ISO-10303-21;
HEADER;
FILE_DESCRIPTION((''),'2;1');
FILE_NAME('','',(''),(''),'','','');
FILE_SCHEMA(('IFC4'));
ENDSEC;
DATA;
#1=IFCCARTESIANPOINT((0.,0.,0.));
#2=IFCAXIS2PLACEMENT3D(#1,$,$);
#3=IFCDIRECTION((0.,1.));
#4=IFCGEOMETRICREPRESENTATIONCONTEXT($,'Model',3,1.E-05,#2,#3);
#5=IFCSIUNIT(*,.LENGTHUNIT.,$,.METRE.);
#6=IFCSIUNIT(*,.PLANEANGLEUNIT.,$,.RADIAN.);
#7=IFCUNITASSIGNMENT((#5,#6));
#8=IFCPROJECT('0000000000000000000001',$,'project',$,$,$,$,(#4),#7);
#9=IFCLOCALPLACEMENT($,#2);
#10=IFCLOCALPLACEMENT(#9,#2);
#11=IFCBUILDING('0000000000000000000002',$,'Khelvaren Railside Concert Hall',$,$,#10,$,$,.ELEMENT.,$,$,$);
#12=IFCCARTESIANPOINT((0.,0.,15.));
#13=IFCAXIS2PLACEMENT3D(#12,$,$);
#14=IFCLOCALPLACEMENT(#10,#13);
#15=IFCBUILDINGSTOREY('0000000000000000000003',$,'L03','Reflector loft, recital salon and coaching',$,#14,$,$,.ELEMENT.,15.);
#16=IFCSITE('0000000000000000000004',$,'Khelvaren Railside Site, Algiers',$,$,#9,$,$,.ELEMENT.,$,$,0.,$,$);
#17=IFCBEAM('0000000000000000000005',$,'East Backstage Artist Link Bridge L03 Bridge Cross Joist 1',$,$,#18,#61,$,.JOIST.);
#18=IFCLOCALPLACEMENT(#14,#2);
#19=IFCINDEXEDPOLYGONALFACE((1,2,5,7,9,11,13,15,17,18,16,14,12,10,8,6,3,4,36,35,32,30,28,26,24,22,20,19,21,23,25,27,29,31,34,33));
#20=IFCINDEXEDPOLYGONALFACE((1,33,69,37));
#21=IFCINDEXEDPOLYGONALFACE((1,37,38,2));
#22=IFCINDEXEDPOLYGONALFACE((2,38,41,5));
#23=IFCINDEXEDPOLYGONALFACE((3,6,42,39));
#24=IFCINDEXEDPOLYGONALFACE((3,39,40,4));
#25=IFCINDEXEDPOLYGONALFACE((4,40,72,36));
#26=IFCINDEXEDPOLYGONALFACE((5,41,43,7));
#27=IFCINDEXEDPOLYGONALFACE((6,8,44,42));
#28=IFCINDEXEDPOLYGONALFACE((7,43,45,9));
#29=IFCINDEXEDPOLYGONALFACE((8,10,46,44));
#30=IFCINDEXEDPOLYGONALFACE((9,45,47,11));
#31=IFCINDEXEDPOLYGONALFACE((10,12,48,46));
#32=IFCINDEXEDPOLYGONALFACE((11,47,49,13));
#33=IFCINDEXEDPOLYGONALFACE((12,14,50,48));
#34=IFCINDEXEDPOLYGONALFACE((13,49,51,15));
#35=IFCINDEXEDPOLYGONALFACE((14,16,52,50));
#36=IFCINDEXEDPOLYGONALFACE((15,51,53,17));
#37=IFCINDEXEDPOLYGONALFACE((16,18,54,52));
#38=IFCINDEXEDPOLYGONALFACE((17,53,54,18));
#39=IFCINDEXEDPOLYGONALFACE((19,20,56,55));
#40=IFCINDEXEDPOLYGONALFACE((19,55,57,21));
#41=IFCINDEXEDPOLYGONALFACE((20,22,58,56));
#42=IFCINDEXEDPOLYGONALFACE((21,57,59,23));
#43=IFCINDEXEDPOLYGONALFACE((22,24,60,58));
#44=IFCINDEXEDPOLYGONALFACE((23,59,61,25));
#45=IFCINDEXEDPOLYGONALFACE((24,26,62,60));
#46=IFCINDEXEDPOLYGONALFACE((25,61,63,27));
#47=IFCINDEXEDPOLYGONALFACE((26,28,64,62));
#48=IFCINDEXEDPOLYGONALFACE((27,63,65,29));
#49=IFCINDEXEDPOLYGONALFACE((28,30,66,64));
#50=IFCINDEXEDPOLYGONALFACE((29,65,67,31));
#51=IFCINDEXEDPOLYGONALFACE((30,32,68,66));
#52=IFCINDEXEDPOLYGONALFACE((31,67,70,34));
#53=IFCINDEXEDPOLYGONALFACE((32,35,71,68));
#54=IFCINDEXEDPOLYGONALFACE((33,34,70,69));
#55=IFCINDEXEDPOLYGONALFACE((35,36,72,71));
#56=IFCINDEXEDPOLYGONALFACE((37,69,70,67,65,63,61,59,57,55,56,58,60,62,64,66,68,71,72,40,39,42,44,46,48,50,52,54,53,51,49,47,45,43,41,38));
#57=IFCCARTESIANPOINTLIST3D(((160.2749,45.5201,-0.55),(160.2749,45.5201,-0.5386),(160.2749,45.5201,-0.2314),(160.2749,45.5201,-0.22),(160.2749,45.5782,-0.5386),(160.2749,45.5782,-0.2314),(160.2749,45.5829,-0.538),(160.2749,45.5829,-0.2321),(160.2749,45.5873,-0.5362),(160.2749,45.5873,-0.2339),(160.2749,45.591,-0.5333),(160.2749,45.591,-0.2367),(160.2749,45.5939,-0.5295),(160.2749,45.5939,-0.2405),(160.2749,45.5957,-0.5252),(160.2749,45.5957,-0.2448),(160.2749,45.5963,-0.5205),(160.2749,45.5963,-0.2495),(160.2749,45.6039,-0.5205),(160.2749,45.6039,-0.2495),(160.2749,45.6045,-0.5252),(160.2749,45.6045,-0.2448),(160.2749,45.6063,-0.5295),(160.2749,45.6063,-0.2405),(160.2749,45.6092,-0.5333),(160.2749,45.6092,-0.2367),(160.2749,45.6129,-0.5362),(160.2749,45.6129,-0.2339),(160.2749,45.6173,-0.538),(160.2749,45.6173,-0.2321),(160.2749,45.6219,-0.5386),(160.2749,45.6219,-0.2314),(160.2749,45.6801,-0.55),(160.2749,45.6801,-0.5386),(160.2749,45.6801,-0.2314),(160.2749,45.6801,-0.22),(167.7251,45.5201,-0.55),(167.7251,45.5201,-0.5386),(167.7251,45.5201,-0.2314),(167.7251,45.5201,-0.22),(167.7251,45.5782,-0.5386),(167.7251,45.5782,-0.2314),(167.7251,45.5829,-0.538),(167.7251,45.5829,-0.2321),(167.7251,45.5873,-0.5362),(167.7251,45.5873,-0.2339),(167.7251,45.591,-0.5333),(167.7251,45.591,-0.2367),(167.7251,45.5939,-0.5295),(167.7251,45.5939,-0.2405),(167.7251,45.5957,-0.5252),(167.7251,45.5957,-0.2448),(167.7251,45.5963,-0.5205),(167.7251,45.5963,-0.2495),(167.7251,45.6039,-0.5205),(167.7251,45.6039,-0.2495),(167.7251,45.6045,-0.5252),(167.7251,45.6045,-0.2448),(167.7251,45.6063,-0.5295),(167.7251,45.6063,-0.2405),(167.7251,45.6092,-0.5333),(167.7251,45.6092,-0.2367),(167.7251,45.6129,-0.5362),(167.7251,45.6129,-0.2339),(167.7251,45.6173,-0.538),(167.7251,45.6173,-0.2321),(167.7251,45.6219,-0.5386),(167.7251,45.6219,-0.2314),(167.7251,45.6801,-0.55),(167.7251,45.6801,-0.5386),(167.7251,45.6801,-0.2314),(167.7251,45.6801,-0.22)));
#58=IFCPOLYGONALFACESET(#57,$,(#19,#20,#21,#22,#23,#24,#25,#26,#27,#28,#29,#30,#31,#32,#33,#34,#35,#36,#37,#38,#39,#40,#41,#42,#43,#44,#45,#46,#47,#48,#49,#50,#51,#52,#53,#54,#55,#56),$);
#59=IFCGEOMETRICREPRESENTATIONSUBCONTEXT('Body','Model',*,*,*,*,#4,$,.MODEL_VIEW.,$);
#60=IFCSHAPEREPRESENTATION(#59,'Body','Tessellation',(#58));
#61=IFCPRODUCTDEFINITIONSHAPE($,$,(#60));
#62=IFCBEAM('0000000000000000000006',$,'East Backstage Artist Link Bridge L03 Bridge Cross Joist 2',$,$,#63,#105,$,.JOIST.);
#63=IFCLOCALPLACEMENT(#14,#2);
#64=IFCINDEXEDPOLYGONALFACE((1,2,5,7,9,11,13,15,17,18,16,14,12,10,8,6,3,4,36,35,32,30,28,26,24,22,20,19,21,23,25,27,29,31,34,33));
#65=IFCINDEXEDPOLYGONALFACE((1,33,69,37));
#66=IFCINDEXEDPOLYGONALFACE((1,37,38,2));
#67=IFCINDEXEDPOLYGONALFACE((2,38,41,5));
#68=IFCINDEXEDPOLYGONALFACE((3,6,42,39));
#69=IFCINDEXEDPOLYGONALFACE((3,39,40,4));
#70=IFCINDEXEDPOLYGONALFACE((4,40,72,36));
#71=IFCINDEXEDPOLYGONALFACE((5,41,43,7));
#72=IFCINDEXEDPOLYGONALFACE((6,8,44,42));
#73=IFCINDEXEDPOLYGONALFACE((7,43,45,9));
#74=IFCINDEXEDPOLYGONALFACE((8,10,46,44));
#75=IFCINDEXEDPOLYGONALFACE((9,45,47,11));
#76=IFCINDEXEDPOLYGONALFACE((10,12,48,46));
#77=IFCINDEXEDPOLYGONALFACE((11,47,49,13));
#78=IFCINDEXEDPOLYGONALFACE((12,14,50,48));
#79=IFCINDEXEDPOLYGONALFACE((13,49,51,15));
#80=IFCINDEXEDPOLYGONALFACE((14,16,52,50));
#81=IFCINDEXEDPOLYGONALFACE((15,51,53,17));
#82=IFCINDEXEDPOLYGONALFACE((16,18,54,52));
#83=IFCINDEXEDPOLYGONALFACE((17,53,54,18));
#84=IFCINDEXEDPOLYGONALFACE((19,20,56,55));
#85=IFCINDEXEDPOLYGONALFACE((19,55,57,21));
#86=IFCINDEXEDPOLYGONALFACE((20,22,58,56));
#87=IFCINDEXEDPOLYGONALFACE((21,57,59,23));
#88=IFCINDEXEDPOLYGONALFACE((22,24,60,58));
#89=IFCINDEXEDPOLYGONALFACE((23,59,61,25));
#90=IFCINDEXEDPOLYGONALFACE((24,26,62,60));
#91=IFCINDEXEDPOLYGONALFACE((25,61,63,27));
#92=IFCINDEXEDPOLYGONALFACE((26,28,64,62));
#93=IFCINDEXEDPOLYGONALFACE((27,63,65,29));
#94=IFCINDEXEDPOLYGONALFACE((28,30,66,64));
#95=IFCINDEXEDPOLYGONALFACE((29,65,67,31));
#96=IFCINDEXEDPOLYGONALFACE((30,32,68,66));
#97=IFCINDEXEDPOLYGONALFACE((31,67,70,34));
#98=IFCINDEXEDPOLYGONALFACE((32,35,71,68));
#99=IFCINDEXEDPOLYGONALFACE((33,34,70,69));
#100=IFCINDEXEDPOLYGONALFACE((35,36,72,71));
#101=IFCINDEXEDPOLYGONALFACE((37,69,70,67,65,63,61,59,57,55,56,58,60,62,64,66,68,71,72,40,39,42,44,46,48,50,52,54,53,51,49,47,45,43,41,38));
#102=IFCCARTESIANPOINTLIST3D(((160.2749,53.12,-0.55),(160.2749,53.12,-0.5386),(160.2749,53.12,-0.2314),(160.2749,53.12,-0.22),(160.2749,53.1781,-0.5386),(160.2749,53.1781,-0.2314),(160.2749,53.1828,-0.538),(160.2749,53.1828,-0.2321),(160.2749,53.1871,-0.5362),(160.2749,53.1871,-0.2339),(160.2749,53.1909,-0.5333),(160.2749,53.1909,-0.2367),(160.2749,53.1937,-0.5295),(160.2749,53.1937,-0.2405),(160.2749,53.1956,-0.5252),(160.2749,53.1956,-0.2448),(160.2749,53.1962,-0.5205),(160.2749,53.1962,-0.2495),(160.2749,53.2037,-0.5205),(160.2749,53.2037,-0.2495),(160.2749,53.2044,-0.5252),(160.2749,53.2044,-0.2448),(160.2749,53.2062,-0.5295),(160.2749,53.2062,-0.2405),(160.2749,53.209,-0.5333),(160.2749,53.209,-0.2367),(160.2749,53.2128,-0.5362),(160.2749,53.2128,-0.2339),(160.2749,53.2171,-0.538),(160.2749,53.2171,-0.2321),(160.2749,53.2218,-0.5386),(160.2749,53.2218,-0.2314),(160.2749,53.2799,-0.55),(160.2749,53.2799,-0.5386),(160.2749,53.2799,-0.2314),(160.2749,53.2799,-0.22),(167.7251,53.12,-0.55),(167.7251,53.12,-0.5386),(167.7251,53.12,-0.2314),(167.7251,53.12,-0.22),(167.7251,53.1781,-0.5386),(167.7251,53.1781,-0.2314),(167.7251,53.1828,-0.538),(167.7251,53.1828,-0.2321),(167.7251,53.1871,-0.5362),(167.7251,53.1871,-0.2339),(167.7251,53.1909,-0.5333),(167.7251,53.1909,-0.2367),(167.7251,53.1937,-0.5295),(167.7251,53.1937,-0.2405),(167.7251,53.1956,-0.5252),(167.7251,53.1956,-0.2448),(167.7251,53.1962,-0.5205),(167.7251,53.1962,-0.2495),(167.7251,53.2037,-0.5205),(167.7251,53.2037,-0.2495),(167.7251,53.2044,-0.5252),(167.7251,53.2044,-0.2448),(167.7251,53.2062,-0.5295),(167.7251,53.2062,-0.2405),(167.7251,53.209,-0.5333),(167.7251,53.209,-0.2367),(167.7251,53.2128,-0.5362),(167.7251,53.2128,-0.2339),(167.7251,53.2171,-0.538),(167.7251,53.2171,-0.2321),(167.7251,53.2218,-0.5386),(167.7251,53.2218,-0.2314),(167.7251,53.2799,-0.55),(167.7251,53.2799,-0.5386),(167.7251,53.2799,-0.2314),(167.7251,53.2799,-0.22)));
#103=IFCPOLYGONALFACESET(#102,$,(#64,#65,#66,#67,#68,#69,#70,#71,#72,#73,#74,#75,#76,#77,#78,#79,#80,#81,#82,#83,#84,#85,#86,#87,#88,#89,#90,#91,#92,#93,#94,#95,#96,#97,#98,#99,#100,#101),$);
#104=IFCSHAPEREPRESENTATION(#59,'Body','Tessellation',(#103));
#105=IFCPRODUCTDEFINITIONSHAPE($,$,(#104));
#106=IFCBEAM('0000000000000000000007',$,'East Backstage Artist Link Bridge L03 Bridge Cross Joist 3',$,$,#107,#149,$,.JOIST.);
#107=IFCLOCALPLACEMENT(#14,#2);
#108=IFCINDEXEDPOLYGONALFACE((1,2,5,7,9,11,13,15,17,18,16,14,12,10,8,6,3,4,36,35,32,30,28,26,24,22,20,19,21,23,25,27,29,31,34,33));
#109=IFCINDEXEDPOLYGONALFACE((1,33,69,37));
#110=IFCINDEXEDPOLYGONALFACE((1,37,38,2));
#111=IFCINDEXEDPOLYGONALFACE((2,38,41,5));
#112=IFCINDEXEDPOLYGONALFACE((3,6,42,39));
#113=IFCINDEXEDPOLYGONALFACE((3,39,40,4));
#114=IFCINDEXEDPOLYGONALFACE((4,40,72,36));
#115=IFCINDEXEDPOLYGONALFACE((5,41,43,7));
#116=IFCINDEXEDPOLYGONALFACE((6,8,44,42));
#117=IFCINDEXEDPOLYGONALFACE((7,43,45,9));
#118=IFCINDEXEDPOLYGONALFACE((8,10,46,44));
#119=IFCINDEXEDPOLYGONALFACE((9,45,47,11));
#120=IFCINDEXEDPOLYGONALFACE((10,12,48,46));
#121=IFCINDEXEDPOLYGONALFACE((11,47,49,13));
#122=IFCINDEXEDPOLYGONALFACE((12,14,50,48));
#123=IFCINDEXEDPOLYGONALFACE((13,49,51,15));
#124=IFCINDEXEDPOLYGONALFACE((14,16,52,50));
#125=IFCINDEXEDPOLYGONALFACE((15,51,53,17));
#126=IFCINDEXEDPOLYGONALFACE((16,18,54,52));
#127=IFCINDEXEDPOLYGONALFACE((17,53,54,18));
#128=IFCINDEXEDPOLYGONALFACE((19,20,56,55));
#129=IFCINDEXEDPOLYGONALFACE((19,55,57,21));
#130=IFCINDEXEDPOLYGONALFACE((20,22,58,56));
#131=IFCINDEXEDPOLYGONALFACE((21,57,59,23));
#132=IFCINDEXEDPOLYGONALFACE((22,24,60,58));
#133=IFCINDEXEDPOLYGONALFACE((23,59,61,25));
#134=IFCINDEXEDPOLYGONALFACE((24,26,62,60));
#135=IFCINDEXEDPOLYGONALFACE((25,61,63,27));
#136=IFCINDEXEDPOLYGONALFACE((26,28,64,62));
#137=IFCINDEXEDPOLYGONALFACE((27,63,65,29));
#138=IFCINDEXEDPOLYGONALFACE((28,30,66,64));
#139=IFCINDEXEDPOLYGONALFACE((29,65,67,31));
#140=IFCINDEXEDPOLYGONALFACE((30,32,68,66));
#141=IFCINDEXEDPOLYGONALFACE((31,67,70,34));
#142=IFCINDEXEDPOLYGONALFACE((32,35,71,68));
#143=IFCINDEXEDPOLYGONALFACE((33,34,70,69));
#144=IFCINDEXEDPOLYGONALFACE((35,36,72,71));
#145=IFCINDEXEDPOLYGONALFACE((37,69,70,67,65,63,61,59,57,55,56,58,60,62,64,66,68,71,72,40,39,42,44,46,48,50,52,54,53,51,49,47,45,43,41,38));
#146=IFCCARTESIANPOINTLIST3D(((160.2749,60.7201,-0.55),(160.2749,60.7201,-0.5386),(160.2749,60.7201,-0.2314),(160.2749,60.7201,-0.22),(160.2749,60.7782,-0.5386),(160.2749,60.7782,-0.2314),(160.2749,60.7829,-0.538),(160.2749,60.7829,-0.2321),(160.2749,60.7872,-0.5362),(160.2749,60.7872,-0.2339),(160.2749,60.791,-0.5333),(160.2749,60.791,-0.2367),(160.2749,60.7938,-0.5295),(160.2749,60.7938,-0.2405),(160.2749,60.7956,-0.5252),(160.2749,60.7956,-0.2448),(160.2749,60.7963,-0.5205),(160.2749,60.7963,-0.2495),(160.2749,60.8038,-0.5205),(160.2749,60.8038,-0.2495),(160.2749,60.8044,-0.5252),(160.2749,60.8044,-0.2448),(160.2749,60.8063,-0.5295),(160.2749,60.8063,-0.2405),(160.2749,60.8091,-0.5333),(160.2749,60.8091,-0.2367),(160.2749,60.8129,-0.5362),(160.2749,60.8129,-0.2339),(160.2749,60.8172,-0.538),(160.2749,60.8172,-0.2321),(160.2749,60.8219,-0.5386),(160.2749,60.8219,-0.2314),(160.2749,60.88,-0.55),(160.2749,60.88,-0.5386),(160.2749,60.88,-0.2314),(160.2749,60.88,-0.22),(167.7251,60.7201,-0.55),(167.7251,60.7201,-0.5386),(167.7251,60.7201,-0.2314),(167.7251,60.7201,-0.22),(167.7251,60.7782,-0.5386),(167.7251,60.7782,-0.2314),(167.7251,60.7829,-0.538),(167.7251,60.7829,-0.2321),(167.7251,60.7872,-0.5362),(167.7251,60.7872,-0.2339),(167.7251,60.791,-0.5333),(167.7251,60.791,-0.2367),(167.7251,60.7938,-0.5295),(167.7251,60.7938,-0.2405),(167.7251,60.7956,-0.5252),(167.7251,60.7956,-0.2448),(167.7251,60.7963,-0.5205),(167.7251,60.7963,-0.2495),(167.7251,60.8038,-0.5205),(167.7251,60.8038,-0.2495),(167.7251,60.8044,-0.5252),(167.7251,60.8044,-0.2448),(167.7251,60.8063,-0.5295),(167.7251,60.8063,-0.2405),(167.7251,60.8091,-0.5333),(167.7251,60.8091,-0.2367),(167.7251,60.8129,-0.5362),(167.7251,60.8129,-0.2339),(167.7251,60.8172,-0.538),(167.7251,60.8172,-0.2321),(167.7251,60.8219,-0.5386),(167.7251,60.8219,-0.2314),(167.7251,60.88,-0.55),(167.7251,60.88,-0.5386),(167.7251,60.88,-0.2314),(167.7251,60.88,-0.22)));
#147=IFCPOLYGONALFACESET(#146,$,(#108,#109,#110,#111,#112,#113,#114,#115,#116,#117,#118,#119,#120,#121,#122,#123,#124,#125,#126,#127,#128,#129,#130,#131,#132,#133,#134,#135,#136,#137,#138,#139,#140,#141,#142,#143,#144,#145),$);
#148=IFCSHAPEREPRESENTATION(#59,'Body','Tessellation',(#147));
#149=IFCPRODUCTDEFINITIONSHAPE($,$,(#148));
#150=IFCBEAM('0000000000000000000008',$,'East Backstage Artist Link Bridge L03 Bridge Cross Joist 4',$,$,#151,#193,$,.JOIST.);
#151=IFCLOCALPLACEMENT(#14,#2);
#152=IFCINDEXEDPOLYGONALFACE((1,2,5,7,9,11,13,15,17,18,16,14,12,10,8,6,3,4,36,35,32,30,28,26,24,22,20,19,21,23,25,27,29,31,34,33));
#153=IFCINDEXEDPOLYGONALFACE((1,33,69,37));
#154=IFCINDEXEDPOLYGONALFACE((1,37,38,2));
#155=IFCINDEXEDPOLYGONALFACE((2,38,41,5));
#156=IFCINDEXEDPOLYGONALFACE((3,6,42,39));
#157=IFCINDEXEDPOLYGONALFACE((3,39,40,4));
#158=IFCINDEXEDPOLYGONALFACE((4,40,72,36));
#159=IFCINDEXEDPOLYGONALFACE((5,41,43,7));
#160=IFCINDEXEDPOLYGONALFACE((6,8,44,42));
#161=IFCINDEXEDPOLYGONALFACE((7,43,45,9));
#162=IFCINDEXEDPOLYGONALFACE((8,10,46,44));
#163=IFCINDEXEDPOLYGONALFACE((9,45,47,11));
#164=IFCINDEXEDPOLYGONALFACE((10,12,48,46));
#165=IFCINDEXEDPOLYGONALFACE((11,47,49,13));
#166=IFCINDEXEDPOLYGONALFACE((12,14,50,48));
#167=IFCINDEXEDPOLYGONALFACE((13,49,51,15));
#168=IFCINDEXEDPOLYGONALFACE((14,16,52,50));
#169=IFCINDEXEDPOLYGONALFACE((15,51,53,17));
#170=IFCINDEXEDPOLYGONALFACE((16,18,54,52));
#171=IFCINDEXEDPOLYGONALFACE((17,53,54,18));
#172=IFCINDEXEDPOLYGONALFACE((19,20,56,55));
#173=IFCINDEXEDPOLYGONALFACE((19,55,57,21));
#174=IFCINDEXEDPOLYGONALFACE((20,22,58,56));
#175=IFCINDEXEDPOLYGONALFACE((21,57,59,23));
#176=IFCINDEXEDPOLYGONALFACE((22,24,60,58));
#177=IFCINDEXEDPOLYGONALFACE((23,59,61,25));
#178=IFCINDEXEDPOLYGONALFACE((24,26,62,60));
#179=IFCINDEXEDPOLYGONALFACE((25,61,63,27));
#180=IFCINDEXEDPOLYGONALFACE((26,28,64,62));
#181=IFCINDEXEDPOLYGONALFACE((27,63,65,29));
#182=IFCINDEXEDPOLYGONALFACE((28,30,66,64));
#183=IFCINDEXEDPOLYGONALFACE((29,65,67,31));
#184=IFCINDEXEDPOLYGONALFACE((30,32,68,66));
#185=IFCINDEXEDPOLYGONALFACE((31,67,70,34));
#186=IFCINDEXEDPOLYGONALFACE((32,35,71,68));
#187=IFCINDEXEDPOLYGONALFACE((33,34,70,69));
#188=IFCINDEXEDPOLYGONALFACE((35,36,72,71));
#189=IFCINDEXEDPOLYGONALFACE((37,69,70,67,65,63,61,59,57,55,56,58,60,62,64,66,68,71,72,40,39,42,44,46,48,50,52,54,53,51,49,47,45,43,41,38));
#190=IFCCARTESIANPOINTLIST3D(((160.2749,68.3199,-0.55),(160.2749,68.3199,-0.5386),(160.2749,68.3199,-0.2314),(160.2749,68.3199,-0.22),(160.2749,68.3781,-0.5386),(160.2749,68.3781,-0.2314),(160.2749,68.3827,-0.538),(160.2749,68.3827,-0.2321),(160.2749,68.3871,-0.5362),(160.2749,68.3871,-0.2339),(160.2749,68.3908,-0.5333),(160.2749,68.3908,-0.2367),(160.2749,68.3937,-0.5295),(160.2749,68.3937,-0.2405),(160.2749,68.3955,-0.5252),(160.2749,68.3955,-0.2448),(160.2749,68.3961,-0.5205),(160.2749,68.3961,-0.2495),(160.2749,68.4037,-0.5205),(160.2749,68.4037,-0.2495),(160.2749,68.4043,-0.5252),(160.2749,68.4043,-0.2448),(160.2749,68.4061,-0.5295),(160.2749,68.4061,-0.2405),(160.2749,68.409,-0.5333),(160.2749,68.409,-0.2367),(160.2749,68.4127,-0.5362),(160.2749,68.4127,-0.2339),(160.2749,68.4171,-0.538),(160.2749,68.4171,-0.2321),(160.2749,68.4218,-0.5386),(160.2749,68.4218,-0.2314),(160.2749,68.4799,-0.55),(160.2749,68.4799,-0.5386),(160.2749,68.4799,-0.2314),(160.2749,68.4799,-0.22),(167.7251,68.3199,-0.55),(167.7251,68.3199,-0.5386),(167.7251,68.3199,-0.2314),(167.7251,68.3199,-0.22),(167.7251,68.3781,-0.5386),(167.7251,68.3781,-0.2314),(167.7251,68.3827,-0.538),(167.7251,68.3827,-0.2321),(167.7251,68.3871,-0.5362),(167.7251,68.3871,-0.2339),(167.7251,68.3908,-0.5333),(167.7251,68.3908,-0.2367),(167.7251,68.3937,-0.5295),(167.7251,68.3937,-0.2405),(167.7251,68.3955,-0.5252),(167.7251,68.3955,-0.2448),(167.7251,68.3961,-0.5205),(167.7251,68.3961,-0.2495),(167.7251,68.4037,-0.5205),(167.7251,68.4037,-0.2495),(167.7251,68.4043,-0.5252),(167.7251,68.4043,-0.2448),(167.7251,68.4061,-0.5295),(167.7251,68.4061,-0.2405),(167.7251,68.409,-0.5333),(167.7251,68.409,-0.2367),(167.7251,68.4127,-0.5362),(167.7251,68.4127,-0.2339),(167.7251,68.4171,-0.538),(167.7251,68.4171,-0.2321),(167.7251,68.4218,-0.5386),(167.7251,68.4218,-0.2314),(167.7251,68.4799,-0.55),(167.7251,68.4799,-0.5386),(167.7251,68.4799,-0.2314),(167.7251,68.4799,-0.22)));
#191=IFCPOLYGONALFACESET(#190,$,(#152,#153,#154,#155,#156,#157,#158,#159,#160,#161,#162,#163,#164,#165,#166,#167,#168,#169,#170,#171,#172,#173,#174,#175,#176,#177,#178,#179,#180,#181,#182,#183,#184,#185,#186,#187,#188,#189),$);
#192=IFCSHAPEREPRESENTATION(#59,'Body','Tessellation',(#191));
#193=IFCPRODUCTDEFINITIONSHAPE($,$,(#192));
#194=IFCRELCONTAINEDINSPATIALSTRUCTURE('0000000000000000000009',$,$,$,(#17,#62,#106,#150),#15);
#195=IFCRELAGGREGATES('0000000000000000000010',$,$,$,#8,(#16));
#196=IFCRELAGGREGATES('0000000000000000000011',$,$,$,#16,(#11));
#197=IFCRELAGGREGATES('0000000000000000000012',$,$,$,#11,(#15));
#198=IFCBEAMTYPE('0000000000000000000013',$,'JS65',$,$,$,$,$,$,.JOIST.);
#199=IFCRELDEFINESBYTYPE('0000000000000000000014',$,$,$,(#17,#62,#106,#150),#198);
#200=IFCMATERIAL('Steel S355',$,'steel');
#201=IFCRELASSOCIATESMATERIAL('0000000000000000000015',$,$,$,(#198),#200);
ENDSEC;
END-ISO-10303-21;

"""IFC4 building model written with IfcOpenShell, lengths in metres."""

from ifc_helpers import new_model, si_unit, direction, frame, origin, origin_2d, place, context, subcontext, project, spatial, i_section, extrude, material, material_profile, profile_set, type_object, element, save


model = new_model("IFC4")

# Units and contexts
model_context = context("Model", 3, precision=1e-05, world=origin(), true_north=direction((0.0, 1.0)))
body_context = subcontext(model_context, "Body", "Model", "MODEL_VIEW")
ifc_project = project(units=[si_unit("LENGTHUNIT", "METRE"), si_unit("PLANEANGLEUNIT", "RADIAN")], contexts=[model_context])

# Site, building, storey
site_placement = place(None, origin())
site = spatial("IfcSite", under=ifc_project, at=site_placement, Name="Khelvaren Railside Site, Algiers", CompositionType="ELEMENT", RefElevation=0.0)
building_placement = place(site_placement, origin())
building = spatial("IfcBuilding", under=site, at=building_placement, Name="Khelvaren Railside Concert Hall", CompositionType="ELEMENT")
storey_placement = place(building_placement, frame((0.0, 0.0, 15.0)))
storey = spatial("IfcBuildingStorey", under=building, at=storey_placement, Name="L03", Description="Reflector loft, recital salon and coaching", CompositionType="ELEMENT", Elevation=15.0)

# Shared definitions
ifc_material_1 = material(Name="Steel S355", Category="steel")

# Beams
ifc_material_profile_1 = material_profile(ifc_material_1, i_section(OverallWidth=0.1599, OverallDepth=0.3301, WebThickness=0.0076, FlangeThickness=0.0115, FilletRadius=0.0181, at=origin_2d()), Name="IPE 330")
ifc_profile_set_1 = profile_set([ifc_material_profile_1], Name="Steel S355")
beam_type_1 = type_object("IfcBeamType", Name="JS65", PredefinedType="JOIST", material=ifc_profile_set_1)
for number, where, z_axis, x_axis, name in (
    (1, (160.2749, 45.6001, -0.385), (1.0, 0.0, 0.0), (0.0, 1.0, 0.0), "East Backstage Artist Link Bridge L03 Bridge Cross Joist 1"),
    (2, (160.2749, 53.2, -0.385), (1.0, 0.0, 0.0), (0.0, 1.0, 0.0), "East Backstage Artist Link Bridge L03 Bridge Cross Joist 2"),
    (3, (160.2749, 60.8, -0.385), (1.0, 0.0, 0.0), (0.0, 1.0, 0.0), "East Backstage Artist Link Bridge L03 Bridge Cross Joist 3"),
    (4, (160.2749, 68.3999, -0.385), (1.0, 0.0, 0.0), (0.0, 1.0, 0.0), "East Backstage Artist Link Bridge L03 Bridge Cross Joist 4"),
):
    element("IfcBeam", number, at=place(storey_placement, frame(where, z_axis=z_axis, x_axis=x_axis)), inside=storey, type_object=beam_type_1, Name=name, PredefinedType="JOIST", context=body_context, shape_type="SweptSolid", body=[
        extrude(i_section(OverallWidth=0.1599, OverallDepth=0.3301, WebThickness=0.0076, FlangeThickness=0.0115, FilletRadius=0.0181, at=origin_2d()), origin(), (0.0, 0.0, 1.0), 7.4502),
    ])

save(model, "model.ifc")
